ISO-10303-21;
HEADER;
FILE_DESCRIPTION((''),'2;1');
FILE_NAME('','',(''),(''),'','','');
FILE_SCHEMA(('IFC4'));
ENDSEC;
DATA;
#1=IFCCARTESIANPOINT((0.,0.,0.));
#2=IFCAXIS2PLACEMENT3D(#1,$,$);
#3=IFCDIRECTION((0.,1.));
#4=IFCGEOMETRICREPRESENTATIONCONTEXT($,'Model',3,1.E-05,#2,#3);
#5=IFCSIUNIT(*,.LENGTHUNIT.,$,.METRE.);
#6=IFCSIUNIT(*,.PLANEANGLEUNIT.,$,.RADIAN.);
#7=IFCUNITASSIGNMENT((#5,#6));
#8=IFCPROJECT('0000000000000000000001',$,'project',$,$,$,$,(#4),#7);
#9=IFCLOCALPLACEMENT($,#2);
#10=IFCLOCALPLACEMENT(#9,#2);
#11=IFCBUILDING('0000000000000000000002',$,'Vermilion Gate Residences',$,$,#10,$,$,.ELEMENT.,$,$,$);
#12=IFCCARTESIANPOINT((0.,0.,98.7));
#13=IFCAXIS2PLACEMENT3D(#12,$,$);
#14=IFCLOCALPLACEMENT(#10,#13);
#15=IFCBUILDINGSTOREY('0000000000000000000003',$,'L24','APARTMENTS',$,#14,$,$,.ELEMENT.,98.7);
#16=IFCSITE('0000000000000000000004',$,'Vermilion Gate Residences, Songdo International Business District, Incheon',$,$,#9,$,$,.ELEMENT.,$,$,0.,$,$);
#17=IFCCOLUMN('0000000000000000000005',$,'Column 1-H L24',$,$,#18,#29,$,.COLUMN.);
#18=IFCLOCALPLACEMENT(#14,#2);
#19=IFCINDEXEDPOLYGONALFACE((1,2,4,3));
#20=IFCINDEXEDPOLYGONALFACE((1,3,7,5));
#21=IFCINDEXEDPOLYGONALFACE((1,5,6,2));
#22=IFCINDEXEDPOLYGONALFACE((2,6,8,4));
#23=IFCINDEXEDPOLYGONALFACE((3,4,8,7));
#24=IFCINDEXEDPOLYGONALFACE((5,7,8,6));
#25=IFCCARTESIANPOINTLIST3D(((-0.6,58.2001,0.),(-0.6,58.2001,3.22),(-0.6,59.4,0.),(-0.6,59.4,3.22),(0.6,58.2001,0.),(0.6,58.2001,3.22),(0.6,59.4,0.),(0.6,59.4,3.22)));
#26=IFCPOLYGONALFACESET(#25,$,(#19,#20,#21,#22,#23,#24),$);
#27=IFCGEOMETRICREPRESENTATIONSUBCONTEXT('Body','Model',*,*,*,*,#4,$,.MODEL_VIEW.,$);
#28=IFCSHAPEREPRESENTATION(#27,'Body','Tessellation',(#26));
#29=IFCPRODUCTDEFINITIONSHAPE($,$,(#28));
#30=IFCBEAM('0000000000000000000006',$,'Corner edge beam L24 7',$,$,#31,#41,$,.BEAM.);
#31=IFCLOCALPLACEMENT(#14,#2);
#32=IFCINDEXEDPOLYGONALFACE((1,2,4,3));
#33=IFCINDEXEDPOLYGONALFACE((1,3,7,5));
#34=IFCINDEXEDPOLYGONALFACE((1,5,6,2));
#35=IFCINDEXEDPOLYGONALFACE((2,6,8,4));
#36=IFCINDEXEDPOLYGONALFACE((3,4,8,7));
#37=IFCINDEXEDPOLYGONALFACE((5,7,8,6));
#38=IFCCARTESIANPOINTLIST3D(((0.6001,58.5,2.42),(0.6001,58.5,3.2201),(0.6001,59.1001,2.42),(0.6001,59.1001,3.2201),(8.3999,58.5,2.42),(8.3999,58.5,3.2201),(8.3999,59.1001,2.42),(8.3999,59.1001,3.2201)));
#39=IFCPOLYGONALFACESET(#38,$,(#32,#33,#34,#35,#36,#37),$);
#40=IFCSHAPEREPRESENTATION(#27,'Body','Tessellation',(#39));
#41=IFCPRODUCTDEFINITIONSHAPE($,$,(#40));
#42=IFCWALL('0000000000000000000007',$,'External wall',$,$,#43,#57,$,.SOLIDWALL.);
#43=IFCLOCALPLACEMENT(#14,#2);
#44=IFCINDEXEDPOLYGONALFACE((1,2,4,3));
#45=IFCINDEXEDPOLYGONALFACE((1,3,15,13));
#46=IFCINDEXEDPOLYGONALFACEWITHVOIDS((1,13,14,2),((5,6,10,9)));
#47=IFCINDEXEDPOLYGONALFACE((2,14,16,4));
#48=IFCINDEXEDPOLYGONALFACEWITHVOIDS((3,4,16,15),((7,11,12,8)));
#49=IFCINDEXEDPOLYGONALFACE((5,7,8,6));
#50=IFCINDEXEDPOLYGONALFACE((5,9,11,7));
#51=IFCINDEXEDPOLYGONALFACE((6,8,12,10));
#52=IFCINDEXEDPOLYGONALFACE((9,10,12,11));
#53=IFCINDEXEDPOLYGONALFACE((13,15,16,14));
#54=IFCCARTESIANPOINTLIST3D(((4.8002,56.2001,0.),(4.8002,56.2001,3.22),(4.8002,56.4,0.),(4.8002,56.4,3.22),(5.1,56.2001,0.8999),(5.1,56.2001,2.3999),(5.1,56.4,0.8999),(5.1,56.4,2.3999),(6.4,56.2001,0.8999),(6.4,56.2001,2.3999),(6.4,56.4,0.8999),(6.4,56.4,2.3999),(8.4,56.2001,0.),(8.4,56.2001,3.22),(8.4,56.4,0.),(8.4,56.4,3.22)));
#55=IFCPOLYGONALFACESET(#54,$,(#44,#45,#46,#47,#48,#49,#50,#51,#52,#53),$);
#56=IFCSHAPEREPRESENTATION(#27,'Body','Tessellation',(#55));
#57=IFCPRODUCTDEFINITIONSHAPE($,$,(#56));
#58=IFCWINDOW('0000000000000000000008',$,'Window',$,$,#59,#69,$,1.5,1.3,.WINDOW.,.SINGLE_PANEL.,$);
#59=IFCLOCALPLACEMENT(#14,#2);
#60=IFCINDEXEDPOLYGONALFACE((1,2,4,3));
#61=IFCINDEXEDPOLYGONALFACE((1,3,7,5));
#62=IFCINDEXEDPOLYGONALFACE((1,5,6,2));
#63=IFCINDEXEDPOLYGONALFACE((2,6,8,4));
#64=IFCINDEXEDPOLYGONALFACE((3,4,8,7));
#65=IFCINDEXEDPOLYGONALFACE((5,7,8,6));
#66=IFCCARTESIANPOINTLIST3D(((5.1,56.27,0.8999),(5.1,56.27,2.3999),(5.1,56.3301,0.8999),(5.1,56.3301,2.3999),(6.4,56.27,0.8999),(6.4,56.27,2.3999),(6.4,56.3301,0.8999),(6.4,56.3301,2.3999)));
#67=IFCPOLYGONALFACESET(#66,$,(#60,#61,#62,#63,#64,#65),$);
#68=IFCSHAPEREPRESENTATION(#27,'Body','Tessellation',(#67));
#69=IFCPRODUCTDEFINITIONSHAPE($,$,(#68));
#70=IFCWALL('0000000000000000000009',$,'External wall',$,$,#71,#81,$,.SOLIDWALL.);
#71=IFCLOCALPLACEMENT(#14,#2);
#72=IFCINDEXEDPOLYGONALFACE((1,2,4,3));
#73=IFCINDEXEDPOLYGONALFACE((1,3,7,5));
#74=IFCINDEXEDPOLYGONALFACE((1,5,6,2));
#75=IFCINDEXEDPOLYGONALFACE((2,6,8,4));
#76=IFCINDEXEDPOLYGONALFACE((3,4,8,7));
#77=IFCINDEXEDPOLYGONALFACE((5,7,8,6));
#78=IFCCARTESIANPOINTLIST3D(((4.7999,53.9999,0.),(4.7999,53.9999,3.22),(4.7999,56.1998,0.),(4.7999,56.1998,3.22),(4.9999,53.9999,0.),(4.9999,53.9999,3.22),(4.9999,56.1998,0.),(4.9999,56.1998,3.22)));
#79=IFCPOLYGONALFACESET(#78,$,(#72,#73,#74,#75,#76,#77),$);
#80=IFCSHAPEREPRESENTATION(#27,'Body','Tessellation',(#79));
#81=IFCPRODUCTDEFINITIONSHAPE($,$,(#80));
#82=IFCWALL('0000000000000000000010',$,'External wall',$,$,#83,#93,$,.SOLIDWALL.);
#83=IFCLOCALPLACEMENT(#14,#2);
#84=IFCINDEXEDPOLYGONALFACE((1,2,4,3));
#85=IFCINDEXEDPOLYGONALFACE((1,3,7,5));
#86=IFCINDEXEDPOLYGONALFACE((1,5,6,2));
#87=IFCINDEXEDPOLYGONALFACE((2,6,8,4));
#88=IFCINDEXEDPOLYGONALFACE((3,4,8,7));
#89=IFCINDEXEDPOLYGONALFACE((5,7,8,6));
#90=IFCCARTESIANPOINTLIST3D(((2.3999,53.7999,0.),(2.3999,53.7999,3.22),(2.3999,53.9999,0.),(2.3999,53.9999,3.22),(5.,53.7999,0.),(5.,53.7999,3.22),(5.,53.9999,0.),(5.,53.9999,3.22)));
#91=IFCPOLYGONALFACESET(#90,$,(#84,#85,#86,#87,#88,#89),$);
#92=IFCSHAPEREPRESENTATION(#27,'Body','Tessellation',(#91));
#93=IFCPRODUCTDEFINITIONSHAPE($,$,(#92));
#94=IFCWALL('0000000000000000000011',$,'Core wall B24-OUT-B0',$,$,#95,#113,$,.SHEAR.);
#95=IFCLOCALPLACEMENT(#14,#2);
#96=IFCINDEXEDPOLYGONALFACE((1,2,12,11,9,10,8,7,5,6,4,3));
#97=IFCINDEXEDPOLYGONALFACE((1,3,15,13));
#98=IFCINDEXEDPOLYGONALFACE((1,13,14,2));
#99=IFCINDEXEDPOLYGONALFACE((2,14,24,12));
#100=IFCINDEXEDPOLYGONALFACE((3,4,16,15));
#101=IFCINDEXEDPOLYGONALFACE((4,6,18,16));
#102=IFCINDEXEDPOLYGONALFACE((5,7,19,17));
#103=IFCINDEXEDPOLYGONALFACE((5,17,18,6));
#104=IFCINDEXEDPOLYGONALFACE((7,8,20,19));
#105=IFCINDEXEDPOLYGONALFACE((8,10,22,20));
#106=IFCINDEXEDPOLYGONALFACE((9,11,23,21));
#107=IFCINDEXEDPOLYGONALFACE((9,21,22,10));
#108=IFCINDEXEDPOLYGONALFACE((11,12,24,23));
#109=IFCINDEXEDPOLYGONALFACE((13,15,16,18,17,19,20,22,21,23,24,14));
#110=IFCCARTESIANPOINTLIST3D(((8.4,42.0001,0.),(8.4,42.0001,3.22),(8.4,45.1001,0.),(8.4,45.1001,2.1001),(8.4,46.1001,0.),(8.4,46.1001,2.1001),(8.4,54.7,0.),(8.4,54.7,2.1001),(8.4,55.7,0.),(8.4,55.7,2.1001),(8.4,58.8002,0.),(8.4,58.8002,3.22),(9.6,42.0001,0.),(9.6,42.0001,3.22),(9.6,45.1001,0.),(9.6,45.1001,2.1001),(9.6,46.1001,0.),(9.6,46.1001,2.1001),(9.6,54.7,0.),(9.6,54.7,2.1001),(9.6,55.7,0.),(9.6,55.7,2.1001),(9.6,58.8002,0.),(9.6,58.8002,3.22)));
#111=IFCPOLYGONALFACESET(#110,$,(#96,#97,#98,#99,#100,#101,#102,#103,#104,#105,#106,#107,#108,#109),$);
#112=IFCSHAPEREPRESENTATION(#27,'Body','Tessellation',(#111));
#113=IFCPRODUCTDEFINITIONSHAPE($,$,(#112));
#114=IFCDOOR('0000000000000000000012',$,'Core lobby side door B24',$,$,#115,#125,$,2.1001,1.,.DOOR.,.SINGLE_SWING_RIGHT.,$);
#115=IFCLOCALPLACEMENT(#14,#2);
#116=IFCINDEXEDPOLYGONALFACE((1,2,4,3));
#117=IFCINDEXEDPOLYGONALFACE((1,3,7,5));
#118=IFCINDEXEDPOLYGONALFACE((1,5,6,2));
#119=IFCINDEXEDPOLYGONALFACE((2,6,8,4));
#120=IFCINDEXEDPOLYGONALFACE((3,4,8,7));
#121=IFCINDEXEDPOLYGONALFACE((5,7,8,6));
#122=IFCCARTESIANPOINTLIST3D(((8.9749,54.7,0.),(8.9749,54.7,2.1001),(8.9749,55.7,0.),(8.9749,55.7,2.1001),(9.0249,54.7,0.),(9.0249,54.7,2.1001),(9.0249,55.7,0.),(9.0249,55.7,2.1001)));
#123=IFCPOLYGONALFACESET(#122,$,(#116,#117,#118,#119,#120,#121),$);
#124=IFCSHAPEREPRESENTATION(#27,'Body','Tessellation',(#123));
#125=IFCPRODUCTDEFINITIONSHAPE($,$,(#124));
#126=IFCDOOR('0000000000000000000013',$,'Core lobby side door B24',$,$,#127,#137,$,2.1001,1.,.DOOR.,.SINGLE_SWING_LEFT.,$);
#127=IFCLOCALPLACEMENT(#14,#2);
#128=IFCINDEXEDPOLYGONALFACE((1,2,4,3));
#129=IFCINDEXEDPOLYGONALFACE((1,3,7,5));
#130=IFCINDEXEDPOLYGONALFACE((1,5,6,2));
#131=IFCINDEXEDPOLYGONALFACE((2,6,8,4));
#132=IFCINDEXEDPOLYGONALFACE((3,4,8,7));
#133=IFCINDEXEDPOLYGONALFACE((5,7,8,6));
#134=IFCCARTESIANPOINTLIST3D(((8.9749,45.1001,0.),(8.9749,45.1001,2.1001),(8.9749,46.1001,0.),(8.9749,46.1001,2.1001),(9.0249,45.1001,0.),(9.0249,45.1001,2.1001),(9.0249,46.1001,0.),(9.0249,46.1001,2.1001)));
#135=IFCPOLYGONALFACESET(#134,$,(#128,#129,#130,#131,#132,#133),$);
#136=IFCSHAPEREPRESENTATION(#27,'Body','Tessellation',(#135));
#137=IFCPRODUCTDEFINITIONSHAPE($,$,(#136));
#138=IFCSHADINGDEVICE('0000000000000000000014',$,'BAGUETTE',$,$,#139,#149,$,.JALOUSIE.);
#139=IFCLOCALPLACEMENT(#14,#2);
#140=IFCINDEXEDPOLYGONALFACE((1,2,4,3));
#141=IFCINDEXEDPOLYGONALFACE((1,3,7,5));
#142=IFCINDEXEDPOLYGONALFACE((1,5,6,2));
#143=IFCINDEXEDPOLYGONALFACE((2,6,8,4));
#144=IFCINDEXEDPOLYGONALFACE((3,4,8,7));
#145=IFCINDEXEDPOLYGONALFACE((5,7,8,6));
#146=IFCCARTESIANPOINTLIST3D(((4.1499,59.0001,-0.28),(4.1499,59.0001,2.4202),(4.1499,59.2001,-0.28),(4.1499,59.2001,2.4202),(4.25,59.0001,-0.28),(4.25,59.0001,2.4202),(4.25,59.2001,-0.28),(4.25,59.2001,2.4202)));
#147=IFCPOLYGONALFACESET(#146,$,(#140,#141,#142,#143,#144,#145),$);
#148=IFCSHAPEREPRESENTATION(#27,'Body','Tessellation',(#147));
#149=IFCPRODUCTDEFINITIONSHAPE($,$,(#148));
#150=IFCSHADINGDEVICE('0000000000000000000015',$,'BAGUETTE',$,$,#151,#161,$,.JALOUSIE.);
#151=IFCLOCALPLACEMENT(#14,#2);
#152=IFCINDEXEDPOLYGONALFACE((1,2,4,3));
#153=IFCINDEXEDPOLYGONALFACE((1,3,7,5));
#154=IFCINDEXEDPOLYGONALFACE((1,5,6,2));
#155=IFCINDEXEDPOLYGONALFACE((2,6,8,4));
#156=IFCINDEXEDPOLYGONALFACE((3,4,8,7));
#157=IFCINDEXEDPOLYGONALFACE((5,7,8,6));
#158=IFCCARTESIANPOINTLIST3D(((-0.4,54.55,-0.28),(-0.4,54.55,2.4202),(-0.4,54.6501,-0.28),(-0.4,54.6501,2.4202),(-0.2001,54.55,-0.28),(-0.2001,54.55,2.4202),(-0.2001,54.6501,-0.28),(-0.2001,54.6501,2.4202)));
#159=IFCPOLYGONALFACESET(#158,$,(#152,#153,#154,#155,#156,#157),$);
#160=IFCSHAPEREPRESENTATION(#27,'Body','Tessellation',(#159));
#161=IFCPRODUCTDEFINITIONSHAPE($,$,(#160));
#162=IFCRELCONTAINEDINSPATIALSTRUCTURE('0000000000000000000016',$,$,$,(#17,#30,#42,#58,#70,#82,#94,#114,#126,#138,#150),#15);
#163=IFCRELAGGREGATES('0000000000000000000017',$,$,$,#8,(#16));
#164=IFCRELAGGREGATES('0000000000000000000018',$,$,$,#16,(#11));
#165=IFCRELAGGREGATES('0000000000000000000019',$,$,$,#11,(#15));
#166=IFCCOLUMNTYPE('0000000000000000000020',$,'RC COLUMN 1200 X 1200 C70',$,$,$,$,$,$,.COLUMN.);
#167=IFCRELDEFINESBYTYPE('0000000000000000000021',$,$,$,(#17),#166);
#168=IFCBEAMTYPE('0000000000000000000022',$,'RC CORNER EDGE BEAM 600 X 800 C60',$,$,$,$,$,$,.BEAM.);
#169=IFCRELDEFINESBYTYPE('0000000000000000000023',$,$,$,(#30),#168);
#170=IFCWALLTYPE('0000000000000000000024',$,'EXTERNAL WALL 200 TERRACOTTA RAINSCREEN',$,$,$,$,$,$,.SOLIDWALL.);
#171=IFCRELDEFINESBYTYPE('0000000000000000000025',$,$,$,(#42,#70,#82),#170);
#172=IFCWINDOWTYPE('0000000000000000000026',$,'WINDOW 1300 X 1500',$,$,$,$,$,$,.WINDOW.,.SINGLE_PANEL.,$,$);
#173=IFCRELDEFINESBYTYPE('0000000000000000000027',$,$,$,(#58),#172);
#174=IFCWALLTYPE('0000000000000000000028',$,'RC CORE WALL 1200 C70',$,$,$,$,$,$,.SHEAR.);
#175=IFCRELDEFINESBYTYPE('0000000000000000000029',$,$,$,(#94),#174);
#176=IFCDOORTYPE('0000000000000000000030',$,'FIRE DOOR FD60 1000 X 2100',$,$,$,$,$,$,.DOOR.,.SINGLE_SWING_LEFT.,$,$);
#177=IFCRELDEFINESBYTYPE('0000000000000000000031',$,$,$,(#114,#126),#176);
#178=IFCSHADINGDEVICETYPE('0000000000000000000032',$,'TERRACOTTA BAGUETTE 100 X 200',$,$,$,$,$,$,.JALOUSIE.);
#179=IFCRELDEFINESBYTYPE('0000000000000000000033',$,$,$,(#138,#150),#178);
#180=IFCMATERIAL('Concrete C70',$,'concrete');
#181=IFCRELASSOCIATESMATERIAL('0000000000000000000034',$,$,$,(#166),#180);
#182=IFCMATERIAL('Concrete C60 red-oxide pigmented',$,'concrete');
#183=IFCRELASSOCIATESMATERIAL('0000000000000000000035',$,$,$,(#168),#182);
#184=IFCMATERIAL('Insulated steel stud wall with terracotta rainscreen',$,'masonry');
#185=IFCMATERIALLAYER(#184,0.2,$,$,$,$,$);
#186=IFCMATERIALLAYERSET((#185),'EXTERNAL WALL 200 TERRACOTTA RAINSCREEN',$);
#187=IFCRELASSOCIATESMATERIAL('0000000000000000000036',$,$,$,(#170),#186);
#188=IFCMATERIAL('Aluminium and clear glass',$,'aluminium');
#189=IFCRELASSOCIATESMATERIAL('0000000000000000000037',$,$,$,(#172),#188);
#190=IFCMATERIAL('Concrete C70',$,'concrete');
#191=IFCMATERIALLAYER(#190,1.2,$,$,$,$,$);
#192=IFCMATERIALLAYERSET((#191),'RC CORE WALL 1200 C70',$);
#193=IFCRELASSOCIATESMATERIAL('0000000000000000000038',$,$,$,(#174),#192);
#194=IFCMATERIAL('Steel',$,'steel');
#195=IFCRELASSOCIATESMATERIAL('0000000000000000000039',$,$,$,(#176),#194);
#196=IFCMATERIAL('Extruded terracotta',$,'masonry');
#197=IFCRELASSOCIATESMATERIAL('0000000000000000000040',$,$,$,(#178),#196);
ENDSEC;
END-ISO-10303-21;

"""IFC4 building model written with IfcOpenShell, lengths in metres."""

from ifc_helpers import new_model, si_unit, direction, frame, frame_2d, origin, origin_2d, place, context, subcontext, project, spatial, rectangle, extrude, material, layer, layer_set, material_profile, profile_set, type_object, element, fill, save


model = new_model("IFC4")

# Units and contexts
model_context = context("Model", 3, precision=1e-05, world=origin(), true_north=direction((0.0, 1.0)))
body_context = subcontext(model_context, "Body", "Model", "MODEL_VIEW")
ifc_project = project(units=[si_unit("LENGTHUNIT", "METRE"), si_unit("PLANEANGLEUNIT", "RADIAN")], contexts=[model_context])

# Site, building, storey
site_placement = place(None, origin())
site = spatial("IfcSite", under=ifc_project, at=site_placement, Name="Vermilion Gate Residences, Songdo International Business District, Incheon", CompositionType="ELEMENT", RefElevation=0.0)
building_placement = place(site_placement, origin())
building = spatial("IfcBuilding", under=site, at=building_placement, Name="Vermilion Gate Residences", CompositionType="ELEMENT")
storey_placement = place(building_placement, frame((0.0, 0.0, 98.7)))
storey = spatial("IfcBuildingStorey", under=building, at=storey_placement, Name="L24", Description="APARTMENTS", CompositionType="ELEMENT", Elevation=98.7)

# Column
ifc_material_1 = material(Name="Concrete C70", Category="concrete")
ifc_material_profile_1 = material_profile(ifc_material_1, rectangle(XDim=1.2, YDim=1.2, at=origin_2d()), Name="RC-1200x1200")
ifc_profile_set_1 = profile_set([ifc_material_profile_1], Name="Concrete C70")
column_type = type_object("IfcColumnType", Name="RC COLUMN 1200 X 1200 C70", PredefinedType="COLUMN", material=ifc_profile_set_1)
column_placement = place(storey_placement, frame((0.0, 58.8, 0.0), z_axis=(0.0, 0.0, 1.0), x_axis=(1.0, 0.0, 0.0)))
element("IfcColumn", 1, at=column_placement, inside=storey, type_object=column_type, Name="Column 1-H L24", PredefinedType="COLUMN", context=body_context, shape_type="SweptSolid", body=[
    extrude(rectangle(XDim=1.2, YDim=1.2, at=origin_2d()), origin(), (0.0, 0.0, 1.0), 3.22),
])

# Beam
ifc_material_2 = material(Name="Concrete C60 red-oxide pigmented", Category="concrete")
ifc_material_profile_2 = material_profile(ifc_material_2, rectangle(XDim=0.6001, YDim=0.8, at=origin_2d()), Name="RC-600x800")
ifc_profile_set_2 = profile_set([ifc_material_profile_2], Name="Concrete C60 red-oxide pigmented")
beam_type = type_object("IfcBeamType", Name="RC CORNER EDGE BEAM 600 X 800 C60", PredefinedType="BEAM", material=ifc_profile_set_2)
beam_placement = place(storey_placement, frame((0.6001, 58.8, 2.8201), z_axis=(1.0, 0.0, 0.0), x_axis=(0.0, 1.0, 0.0)))
element("IfcBeam", 2, at=beam_placement, inside=storey, type_object=beam_type, Name="Corner edge beam L24 7", PredefinedType="BEAM", context=body_context, shape_type="SweptSolid", body=[
    extrude(rectangle(XDim=0.6001, YDim=0.8, at=origin_2d()), origin(), (0.0, 0.0, 1.0), 7.7998),
])

# Wall, opening, window
ifc_material_3 = material(Name="Insulated steel stud wall with terracotta rainscreen", Category="masonry")
ifc_layer_1 = layer(ifc_material_3, 0.2)
ifc_layer_set_1 = layer_set([ifc_layer_1], Name="EXTERNAL WALL 200 TERRACOTTA RAINSCREEN")
wall_type_1 = type_object("IfcWallType", Name="EXTERNAL WALL 200 TERRACOTTA RAINSCREEN", PredefinedType="SOLIDWALL", material=ifc_layer_set_1)
wall_1_placement = place(storey_placement, frame((8.3999, 56.3, 0.0), z_axis=(0.0, 0.0, 1.0), x_axis=(-1.0, 0.0, 0.0)))
wall_1 = element("IfcWall", 3, at=wall_1_placement, inside=storey, type_object=wall_type_1, Name="External wall", PredefinedType="SOLIDWALL", context=body_context, shape_type="SweptSolid", body=[
    extrude(rectangle(XDim=3.5999, YDim=0.2, at=frame_2d((1.7998, 0.0))), origin(), (0.0, 0.0, 1.0), 3.22),
])
opening_1_placement = place(wall_1_placement, frame((2.0, 0.0, 0.8999)))
opening_1 = element("IfcOpeningElement", 4, at=opening_1_placement, cuts=wall_1, PredefinedType="OPENING", context=body_context, shape_type="SweptSolid", body=[
    extrude(rectangle(XDim=1.3, YDim=1.5, at=frame_2d((0.6499, 0.75))), frame((0.0, 0.1099, 0.0), z_axis=(0.0, -1.0, 0.0), x_axis=(1.0, 0.0, 0.0)), (0.0, 0.0, 1.0), 0.22),
])
ifc_material_4 = material(Name="Aluminium and clear glass", Category="aluminium")
window_type = type_object("IfcWindowType", Name="WINDOW 1300 X 1500", PartitioningType="SINGLE_PANEL", PredefinedType="WINDOW", material=ifc_material_4)
window_placement = place(opening_1_placement, origin())
window = element("IfcWindow", 5, at=window_placement, inside=storey, type_object=window_type, Name="Window", OverallHeight=1.5, OverallWidth=1.3, PartitioningType="SINGLE_PANEL", PredefinedType="WINDOW", context=body_context, shape_type="SweptSolid", body=[
    extrude(rectangle(XDim=1.3, YDim=1.5, at=frame_2d((0.6499, 0.75))), frame((0.0, 0.03, 0.0), z_axis=(0.0, -1.0, 0.0), x_axis=(1.0, 0.0, 0.0)), (0.0, 0.0, 1.0), 0.0601),
])
fill(opening_1, window)

# Walls
wall_2_placement = place(storey_placement, frame((4.8999, 56.2, 0.0), z_axis=(0.0, 0.0, 1.0), x_axis=(0.0, -1.0, 0.0)))
element("IfcWall", 6, at=wall_2_placement, inside=storey, type_object=wall_type_1, Name="External wall", PredefinedType="SOLIDWALL", context=body_context, shape_type="SweptSolid", body=[
    extrude(rectangle(XDim=2.2, YDim=0.2, at=frame_2d((1.1001, 0.0))), origin(), (0.0, 0.0, 1.0), 3.22),
])
wall_3_placement = place(storey_placement, frame((5.0, 53.8999, 0.0), z_axis=(0.0, 0.0, 1.0), x_axis=(-1.0, 0.0, 0.0)))
element("IfcWall", 7, at=wall_3_placement, inside=storey, type_object=wall_type_1, Name="External wall", PredefinedType="SOLIDWALL", context=body_context, shape_type="SweptSolid", body=[
    extrude(rectangle(XDim=2.6001, YDim=0.2, at=frame_2d((1.3, 0.0))), origin(), (0.0, 0.0, 1.0), 3.22),
])

# Wall, openings, doors
ifc_material_5 = material(Name="Concrete C70", Category="concrete")
ifc_layer_2 = layer(ifc_material_5, 1.2)
ifc_layer_set_2 = layer_set([ifc_layer_2], Name="RC CORE WALL 1200 C70")
wall_type_2 = type_object("IfcWallType", Name="RC CORE WALL 1200 C70", PredefinedType="SHEAR", material=ifc_layer_set_2)
wall_4_placement = place(storey_placement, frame((9.0, 58.8, 0.0), z_axis=(0.0, 0.0, 1.0), x_axis=(0.0, -1.0, 0.0)))
wall_4 = element("IfcWall", 8, at=wall_4_placement, inside=storey, type_object=wall_type_2, Name="Core wall B24-OUT-B0", PredefinedType="SHEAR", context=body_context, shape_type="SweptSolid", body=[
    extrude(rectangle(XDim=16.8, YDim=1.2, at=frame_2d((8.3999, 0.0))), origin(), (0.0, 0.0, 1.0), 3.22),
])
opening_2_placement = place(wall_4_placement, frame((3.1001, 0.0, 0.0)))
opening_2 = element("IfcOpeningElement", 9, at=opening_2_placement, cuts=wall_4, PredefinedType="OPENING", context=body_context, shape_type="SweptSolid", body=[
    extrude(rectangle(XDim=1.0, YDim=2.1001, at=frame_2d((0.5, 1.05))), frame((0.0, 0.6099, 0.0), z_axis=(0.0, -1.0, 0.0), x_axis=(1.0, 0.0, 0.0)), (0.0, 0.0, 1.0), 1.22),
])
opening_3_placement = place(wall_4_placement, frame((12.7, 0.0, 0.0)))
opening_3 = element("IfcOpeningElement", 10, at=opening_3_placement, cuts=wall_4, PredefinedType="OPENING", context=body_context, shape_type="SweptSolid", body=[
    extrude(rectangle(XDim=1.0, YDim=2.1001, at=frame_2d((0.5, 1.05))), frame((0.0, 0.6099, 0.0), z_axis=(0.0, -1.0, 0.0), x_axis=(1.0, 0.0, 0.0)), (0.0, 0.0, 1.0), 1.22),
])
ifc_material_6 = material(Name="Steel", Category="steel")
door_type = type_object("IfcDoorType", Name="FIRE DOOR FD60 1000 X 2100", OperationType="SINGLE_SWING_LEFT", PredefinedType="DOOR", material=ifc_material_6)
door_1_placement = place(opening_2_placement, origin())
door_1 = element("IfcDoor", 11, at=door_1_placement, inside=storey, type_object=door_type, Name="Core lobby side door B24", OperationType="SINGLE_SWING_RIGHT", OverallHeight=2.1001, OverallWidth=1.0, PredefinedType="DOOR", context=body_context, shape_type="SweptSolid", body=[
    extrude(rectangle(XDim=1.0, YDim=2.1001, at=frame_2d((0.5, 1.05))), frame((0.0, 0.0249, 0.0), z_axis=(0.0, -1.0, 0.0), x_axis=(1.0, 0.0, 0.0)), (0.0, 0.0, 1.0), 0.05),
])
fill(opening_2, door_1)
door_2_placement = place(opening_3_placement, origin())
door_2 = element("IfcDoor", 12, at=door_2_placement, inside=storey, type_object=door_type, Name="Core lobby side door B24", OperationType="SINGLE_SWING_LEFT", OverallHeight=2.1001, OverallWidth=1.0, PredefinedType="DOOR", context=body_context, shape_type="SweptSolid", body=[
    extrude(rectangle(XDim=1.0, YDim=2.1001, at=frame_2d((0.5, 1.05))), frame((0.0, 0.0249, 0.0), z_axis=(0.0, -1.0, 0.0), x_axis=(1.0, 0.0, 0.0)), (0.0, 0.0, 1.0), 0.05),
])
fill(opening_3, door_2)

# Shading devices
ifc_material_7 = material(Name="Extruded terracotta", Category="masonry")
ifc_material_profile_3 = material_profile(ifc_material_7, rectangle(XDim=0.2, YDim=0.1001, at=origin_2d()), Name="BAGUETTE 100 X 200")
ifc_profile_set_3 = profile_set([ifc_material_profile_3], Name="Extruded terracotta")
shading_device_type = type_object("IfcShadingDeviceType", Name="TERRACOTTA BAGUETTE 100 X 200", PredefinedType="JALOUSIE", material=ifc_profile_set_3)
for number, where, z_axis, x_axis, name in (
    (13, (4.2, 59.1001, -0.28), (0.0, 0.0, 1.0), (0.0, -1.0, 0.0), "BAGUETTE"),
    (14, (-0.3, 54.6001, -0.28), (0.0, 0.0, 1.0), (1.0, 0.0, 0.0), "BAGUETTE"),
):
    element("IfcShadingDevice", number, at=place(storey_placement, frame(where, z_axis=z_axis, x_axis=x_axis)), inside=storey, type_object=shading_device_type, Name=name, PredefinedType="JALOUSIE", context=body_context, shape_type="SweptSolid", body=[
        extrude(rectangle(XDim=0.2, YDim=0.1001, at=origin_2d()), origin(), (0.0, 0.0, 1.0), 2.7002),
    ])

save(model, "model.ifc")
